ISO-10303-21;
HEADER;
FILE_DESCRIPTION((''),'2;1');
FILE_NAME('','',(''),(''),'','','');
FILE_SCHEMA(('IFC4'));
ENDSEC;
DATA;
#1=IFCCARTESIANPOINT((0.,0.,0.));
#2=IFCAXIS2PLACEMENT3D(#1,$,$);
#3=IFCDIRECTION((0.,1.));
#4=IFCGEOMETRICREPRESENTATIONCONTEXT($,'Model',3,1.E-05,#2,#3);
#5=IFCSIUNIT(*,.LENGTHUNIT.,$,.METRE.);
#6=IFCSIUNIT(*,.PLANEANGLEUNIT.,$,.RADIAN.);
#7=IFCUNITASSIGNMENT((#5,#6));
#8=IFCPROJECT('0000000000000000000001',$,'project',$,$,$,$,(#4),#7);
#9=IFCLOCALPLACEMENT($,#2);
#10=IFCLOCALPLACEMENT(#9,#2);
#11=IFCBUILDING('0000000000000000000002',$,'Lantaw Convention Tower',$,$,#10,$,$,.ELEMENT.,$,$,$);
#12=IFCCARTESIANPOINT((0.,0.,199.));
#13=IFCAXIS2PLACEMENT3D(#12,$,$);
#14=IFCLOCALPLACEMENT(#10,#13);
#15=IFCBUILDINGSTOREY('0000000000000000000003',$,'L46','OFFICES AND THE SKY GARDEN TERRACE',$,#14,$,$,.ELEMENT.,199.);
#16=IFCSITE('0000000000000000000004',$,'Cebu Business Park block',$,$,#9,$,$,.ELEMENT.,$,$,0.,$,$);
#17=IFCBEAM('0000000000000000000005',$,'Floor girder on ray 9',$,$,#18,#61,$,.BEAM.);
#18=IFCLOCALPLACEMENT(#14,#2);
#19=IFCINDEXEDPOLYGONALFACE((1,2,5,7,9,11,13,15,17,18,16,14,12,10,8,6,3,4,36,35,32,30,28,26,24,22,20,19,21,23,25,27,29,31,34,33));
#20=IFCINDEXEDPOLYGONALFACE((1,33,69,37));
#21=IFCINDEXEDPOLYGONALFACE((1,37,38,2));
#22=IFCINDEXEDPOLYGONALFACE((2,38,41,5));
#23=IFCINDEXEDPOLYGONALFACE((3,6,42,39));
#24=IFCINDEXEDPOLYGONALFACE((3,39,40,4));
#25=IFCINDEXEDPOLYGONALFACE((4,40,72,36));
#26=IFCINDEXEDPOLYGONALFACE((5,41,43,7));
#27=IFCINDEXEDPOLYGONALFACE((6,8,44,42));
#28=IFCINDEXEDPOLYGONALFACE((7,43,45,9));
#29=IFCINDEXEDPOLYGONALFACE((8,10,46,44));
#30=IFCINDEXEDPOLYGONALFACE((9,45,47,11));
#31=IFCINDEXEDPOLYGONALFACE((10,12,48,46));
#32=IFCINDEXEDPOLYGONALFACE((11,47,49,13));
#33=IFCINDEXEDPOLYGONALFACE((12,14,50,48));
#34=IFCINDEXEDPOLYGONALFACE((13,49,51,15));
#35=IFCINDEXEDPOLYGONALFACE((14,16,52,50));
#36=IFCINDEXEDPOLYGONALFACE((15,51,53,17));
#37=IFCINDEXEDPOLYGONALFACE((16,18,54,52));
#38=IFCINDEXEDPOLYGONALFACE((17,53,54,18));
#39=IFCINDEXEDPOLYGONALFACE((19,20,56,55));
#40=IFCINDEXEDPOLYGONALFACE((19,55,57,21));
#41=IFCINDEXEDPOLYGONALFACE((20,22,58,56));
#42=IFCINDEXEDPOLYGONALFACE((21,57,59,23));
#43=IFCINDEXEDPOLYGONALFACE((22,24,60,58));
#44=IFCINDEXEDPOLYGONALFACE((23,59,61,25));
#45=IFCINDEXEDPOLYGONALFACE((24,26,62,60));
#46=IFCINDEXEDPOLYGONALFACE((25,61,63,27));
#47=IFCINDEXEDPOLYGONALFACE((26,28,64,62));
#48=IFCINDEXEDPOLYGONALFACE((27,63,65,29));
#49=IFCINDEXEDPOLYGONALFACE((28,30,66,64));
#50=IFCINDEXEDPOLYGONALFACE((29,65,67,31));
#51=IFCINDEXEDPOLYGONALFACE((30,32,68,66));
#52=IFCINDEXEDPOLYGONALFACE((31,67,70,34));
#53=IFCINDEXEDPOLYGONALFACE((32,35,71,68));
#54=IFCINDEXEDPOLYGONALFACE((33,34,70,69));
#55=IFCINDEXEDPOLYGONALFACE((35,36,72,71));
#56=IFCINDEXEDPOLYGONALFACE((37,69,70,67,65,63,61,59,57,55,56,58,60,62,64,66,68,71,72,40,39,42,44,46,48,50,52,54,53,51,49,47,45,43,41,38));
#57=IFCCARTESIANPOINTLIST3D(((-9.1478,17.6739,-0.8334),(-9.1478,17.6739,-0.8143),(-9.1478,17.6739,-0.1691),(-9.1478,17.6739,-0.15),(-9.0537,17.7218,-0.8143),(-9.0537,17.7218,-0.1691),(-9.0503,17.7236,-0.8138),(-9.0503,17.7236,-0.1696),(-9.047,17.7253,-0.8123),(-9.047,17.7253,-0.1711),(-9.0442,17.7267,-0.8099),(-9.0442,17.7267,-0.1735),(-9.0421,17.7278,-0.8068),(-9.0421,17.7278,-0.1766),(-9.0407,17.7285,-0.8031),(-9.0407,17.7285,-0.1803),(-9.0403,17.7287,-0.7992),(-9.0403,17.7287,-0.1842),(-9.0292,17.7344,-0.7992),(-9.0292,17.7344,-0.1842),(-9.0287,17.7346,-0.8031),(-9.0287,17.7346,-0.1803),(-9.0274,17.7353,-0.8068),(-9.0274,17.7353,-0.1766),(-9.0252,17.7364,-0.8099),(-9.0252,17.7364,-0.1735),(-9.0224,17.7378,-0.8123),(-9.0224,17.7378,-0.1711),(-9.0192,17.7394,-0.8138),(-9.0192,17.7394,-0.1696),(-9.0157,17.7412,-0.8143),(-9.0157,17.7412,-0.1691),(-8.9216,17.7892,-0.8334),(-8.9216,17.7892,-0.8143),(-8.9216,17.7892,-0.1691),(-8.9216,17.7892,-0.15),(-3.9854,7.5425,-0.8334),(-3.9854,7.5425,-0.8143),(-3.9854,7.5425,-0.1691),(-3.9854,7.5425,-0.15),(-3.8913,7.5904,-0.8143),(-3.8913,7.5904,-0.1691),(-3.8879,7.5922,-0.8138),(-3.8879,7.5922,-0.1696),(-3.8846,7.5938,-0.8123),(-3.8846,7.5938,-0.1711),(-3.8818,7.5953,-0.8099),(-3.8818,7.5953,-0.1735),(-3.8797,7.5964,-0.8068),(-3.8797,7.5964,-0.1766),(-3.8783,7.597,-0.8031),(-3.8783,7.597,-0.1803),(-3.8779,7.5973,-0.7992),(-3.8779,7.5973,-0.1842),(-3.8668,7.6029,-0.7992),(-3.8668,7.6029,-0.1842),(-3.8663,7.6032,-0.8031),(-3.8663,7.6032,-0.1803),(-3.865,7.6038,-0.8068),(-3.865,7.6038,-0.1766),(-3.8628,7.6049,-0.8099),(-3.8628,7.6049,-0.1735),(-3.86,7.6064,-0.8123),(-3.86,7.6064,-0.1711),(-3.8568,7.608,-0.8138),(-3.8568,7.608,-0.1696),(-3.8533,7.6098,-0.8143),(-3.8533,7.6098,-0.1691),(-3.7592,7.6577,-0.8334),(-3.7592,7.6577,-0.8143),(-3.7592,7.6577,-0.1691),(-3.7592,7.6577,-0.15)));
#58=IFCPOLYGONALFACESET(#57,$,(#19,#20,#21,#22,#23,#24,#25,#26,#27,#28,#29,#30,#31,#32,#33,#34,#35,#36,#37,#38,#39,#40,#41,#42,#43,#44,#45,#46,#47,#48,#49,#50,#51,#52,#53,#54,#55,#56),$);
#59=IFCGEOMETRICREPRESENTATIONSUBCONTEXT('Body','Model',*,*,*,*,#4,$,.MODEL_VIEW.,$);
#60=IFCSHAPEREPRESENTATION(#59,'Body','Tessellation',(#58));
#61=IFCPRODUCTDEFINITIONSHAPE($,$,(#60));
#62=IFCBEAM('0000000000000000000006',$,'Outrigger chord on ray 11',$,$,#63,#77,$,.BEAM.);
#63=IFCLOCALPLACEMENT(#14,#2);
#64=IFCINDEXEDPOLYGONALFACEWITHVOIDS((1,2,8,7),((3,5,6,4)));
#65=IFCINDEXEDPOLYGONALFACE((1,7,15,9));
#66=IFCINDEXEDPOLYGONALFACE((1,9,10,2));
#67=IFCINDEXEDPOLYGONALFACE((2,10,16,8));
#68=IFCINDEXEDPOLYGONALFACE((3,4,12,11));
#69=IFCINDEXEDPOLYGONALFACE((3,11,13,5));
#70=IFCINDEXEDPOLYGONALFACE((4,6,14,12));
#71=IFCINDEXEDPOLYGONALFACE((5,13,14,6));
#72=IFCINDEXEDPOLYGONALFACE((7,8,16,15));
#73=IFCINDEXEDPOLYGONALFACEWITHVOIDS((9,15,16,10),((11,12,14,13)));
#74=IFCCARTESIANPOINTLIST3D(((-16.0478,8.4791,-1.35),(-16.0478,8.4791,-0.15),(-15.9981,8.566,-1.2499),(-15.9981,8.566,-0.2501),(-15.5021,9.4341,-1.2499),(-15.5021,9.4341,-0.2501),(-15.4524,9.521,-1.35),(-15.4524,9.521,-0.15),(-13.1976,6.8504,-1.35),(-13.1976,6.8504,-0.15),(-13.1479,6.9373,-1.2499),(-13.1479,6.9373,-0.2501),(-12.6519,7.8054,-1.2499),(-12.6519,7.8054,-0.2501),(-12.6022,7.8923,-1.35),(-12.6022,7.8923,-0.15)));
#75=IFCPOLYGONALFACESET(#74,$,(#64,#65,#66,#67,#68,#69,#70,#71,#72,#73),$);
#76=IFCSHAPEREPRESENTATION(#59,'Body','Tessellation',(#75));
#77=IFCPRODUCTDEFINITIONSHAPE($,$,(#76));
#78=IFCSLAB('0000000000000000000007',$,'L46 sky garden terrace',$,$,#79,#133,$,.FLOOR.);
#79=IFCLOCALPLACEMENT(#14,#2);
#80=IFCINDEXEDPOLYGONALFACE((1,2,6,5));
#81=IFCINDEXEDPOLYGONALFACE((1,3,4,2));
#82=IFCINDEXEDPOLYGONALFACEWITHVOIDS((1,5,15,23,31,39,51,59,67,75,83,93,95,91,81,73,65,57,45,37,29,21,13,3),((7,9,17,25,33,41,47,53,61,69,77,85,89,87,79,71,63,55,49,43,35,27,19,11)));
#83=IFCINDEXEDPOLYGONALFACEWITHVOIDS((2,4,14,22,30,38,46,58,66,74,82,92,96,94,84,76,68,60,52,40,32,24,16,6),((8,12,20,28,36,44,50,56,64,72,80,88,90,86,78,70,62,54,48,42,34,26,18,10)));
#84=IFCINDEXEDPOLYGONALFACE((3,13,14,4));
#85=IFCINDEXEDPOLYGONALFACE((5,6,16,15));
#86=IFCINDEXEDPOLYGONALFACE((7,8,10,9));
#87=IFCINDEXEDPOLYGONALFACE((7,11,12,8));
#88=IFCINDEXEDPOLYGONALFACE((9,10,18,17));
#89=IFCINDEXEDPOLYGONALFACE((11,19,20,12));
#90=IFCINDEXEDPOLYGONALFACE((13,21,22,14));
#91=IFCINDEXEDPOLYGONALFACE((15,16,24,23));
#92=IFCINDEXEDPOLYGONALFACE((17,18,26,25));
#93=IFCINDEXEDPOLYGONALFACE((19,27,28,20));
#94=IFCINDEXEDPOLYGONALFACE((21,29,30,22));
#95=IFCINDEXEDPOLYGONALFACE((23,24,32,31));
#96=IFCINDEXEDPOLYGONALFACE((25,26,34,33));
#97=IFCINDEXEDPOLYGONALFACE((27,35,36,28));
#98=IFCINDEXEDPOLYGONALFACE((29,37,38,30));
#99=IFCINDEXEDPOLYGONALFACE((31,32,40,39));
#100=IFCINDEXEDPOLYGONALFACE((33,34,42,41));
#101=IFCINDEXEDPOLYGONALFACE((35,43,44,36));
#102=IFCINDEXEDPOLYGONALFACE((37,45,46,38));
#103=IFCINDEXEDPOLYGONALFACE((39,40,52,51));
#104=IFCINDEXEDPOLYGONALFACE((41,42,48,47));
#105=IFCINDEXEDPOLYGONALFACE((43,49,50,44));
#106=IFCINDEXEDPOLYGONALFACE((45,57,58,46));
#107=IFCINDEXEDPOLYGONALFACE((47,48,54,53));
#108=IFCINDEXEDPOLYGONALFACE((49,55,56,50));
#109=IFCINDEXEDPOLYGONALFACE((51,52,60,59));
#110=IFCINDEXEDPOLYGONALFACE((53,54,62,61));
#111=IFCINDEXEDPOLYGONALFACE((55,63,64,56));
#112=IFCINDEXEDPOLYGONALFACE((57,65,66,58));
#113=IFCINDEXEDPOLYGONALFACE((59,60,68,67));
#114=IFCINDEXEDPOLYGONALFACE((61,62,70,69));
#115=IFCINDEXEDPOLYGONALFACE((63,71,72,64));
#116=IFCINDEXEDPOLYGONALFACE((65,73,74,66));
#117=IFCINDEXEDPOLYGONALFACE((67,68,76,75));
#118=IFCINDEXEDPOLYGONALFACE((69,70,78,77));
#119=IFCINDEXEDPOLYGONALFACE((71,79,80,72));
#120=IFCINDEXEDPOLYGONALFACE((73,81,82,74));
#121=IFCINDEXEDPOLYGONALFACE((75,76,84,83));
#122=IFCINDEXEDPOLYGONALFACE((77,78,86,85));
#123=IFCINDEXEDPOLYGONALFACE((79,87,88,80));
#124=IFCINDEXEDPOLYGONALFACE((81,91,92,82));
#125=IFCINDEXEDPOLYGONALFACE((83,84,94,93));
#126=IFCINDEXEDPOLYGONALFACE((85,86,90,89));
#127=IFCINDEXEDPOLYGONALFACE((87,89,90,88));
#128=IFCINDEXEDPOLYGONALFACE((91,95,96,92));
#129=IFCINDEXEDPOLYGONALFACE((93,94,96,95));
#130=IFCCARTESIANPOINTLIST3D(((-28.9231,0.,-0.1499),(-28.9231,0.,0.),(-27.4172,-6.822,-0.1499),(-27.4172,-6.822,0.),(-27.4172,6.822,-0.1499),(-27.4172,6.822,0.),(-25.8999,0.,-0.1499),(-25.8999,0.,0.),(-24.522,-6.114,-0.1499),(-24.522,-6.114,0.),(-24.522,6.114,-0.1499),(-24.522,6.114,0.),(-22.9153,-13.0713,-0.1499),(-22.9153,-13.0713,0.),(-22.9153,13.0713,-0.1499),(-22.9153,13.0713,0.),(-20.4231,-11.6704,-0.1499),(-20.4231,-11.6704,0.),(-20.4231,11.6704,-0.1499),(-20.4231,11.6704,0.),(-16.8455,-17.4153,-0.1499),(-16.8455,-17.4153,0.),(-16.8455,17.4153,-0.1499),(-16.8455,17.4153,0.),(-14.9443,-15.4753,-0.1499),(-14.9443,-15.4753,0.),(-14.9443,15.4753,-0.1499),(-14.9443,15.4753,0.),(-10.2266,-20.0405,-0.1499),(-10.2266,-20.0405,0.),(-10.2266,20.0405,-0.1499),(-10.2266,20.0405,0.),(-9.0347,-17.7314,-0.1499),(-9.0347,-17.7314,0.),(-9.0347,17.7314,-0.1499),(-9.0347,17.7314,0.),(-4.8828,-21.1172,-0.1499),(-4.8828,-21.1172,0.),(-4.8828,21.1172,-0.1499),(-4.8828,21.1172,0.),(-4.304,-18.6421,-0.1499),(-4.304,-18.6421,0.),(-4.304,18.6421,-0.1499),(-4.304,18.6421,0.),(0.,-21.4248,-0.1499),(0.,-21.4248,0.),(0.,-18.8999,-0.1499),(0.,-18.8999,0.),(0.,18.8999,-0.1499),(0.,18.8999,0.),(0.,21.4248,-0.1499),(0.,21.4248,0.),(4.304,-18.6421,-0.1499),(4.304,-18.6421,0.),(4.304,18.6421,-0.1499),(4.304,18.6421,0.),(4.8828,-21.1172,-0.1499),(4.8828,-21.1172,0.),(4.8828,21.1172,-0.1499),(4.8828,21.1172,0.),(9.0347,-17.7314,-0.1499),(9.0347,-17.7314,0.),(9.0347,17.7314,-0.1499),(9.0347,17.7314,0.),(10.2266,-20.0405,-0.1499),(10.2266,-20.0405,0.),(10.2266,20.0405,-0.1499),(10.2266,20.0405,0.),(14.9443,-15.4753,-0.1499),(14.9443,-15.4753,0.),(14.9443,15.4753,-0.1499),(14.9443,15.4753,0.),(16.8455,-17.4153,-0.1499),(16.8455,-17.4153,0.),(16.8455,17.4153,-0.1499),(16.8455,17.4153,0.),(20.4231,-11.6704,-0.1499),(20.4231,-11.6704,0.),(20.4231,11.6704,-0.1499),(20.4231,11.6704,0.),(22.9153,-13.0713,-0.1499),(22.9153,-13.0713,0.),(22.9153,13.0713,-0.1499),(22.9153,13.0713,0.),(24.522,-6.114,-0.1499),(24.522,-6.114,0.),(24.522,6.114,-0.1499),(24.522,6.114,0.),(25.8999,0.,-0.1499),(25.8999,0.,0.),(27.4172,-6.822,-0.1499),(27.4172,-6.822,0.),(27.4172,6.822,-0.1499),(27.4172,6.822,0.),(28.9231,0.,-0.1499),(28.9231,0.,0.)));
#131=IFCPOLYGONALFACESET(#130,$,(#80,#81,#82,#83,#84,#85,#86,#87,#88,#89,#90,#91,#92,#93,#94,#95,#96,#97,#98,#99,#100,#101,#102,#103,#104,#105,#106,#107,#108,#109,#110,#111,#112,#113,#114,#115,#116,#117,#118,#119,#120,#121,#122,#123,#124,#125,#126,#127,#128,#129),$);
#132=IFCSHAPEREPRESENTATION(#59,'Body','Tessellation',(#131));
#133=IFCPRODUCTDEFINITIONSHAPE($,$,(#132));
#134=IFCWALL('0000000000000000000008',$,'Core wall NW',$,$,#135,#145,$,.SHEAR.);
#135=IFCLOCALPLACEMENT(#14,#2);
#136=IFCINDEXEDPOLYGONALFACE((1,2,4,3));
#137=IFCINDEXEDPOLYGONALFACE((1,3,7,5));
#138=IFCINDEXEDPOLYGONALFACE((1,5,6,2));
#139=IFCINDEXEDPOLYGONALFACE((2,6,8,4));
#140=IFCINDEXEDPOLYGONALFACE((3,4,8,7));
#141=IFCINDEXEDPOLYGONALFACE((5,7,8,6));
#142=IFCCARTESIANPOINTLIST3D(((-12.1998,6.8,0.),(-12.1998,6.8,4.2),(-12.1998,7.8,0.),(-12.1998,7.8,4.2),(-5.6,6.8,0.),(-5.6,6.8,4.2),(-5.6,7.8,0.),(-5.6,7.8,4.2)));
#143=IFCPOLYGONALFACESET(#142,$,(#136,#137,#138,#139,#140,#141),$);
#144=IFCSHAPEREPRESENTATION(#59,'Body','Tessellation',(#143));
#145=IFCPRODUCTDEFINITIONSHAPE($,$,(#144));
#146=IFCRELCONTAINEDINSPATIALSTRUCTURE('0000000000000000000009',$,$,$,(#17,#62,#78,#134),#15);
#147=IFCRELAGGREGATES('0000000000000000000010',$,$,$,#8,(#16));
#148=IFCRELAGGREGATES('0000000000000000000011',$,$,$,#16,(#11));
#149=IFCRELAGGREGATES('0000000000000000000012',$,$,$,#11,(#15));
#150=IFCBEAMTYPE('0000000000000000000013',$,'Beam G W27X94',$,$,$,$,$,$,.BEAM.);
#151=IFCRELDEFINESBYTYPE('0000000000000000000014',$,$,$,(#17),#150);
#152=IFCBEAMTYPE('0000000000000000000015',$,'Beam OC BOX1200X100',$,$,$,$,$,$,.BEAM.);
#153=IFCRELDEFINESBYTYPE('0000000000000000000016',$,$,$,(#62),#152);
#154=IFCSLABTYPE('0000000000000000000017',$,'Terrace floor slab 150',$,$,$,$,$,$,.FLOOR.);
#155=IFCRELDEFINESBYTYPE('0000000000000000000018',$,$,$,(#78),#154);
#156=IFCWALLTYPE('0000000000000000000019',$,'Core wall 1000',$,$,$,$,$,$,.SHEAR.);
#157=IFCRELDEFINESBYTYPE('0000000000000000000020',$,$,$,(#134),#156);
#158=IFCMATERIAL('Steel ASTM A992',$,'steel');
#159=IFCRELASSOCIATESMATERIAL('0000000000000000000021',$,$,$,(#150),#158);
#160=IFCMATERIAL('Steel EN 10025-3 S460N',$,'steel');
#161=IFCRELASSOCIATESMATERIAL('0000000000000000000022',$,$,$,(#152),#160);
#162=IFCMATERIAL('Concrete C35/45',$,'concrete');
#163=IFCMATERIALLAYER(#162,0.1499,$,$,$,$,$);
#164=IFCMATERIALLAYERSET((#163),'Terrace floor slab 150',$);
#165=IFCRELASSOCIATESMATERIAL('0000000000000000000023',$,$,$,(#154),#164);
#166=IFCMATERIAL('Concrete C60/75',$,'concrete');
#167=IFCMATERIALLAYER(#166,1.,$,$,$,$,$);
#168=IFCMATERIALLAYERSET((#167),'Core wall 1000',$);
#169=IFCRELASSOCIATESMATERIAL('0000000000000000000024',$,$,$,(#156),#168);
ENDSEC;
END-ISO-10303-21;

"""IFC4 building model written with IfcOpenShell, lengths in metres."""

from ifc_helpers import new_model, si_unit, direction, frame, frame_2d, origin, origin_2d, place, context, subcontext, project, spatial, polyline, rectangle, hollow_rectangle, i_section, outline, extrude, material, layer, layer_set, material_profile, profile_set, type_object, element, save


model = new_model("IFC4")

# Units and contexts
model_context = context("Model", 3, precision=1e-05, world=origin(), true_north=direction((0.0, 1.0)))
body_context = subcontext(model_context, "Body", "Model", "MODEL_VIEW")
ifc_project = project(units=[si_unit("LENGTHUNIT", "METRE"), si_unit("PLANEANGLEUNIT", "RADIAN")], contexts=[model_context])

# Site, building, storey
site_placement = place(None, origin())
site = spatial("IfcSite", under=ifc_project, at=site_placement, Name="Cebu Business Park block", CompositionType="ELEMENT", RefElevation=0.0)
building_placement = place(site_placement, origin())
building = spatial("IfcBuilding", under=site, at=building_placement, Name="Lantaw Convention Tower", CompositionType="ELEMENT")
storey_placement = place(building_placement, frame((0.0, 0.0, 199.0)))
storey = spatial("IfcBuildingStorey", under=building, at=storey_placement, Name="L46", Description="OFFICES AND THE SKY GARDEN TERRACE", CompositionType="ELEMENT", Elevation=199.0)

# Beams
ifc_material_1 = material(Name="Steel ASTM A992", Category="steel")
ifc_material_profile_1 = material_profile(ifc_material_1, i_section(OverallWidth=0.2539, OverallDepth=0.6833, WebThickness=0.0125, FlangeThickness=0.019, FilletRadius=0.0151, at=origin_2d()), Name="W27X94")
ifc_profile_set_1 = profile_set([ifc_material_profile_1], Name="Steel ASTM A992")
beam_type_1 = type_object("IfcBeamType", Name="Beam G W27X94", PredefinedType="BEAM", material=ifc_profile_set_1)
beam_1_placement = place(storey_placement, frame((-3.8723, 7.6001, -0.4917), z_axis=(-0.454003, 0.891, 0.0), x_axis=(-0.891, -0.454003, 0.0)))
element("IfcBeam", 1, at=beam_1_placement, inside=storey, type_object=beam_type_1, Name="Floor girder on ray 9", PredefinedType="BEAM", context=body_context, shape_type="SweptSolid", body=[
    extrude(i_section(OverallWidth=0.2539, OverallDepth=0.6833, WebThickness=0.0125, FlangeThickness=0.019, FilletRadius=0.0151, at=origin_2d()), origin(), (0.0, 0.0, 1.0), 11.3708),
])
ifc_material_2 = material(Name="Steel EN 10025-3 S460N", Category="steel")
ifc_material_profile_2 = material_profile(ifc_material_2, hollow_rectangle(XDim=1.2, YDim=1.2, WallThickness=0.1001, at=origin_2d()), Name="BOX1200X100")
ifc_profile_set_2 = profile_set([ifc_material_profile_2], Name="Steel EN 10025-3 S460N")
beam_type_2 = type_object("IfcBeamType", Name="Beam OC BOX1200X100", PredefinedType="BEAM", material=ifc_profile_set_2)
beam_2_placement = place(storey_placement, frame((-12.8999, 7.3713, -0.75), z_axis=(-0.868239, 0.496147, 0.0), x_axis=(-0.496147, -0.868239, 0.0)))
element("IfcBeam", 2, at=beam_2_placement, inside=storey, type_object=beam_type_2, Name="Outrigger chord on ray 11", PredefinedType="BEAM", context=body_context, shape_type="SweptSolid", body=[
    extrude(hollow_rectangle(XDim=1.2, YDim=1.2, WallThickness=0.1001, at=origin_2d()), origin(), (0.0, 0.0, 1.0), 3.2827),
])

# Slab
ifc_material_3 = material(Name="Concrete C35/45", Category="concrete")
ifc_layer_1 = layer(ifc_material_3, 0.1499)
ifc_layer_set_1 = layer_set([ifc_layer_1], Name="Terrace floor slab 150")
slab_type = type_object("IfcSlabType", Name="Terrace floor slab 150", PredefinedType="FLOOR", material=ifc_layer_set_1)
slab_placement = place(storey_placement, frame((0.0, 0.0, -0.1499)))
element("IfcSlab", 3, at=slab_placement, inside=storey, type_object=slab_type, Name="L46 sky garden terrace", PredefinedType="FLOOR", context=body_context, shape_type="SweptSolid", body=[
    extrude(outline(polyline([(16.8455, -17.4153), (22.9153, -13.0713), (27.4172, -6.822), (28.9231, 0.0), (27.4172, 6.822), (22.9153, 13.0713), (16.8455, 17.4153), (10.2266, 20.0405), (4.8828, 21.1172), (0.0, 21.4248), (-4.8828, 21.1172), (-10.2266, 20.0405), (-16.8455, 17.4153), (-22.9153, 13.0713), (-27.4172, 6.822), (-28.9231, 0.0), (-27.4172, -6.822), (-22.9153, -13.0713), (-16.8455, -17.4153), (-10.2266, -20.0405), (-4.8828, -21.1172), (0.0, -21.4248), (4.8828, -21.1172), (10.2266, -20.0405), (16.8455, -17.4153)]), holes=[polyline([(14.9443, 15.4753), (9.0347, 17.7314), (4.304, 18.6421), (0.0, 18.8999), (-4.304, 18.6421), (-9.0347, 17.7314), (-14.9443, 15.4753), (-20.4231, 11.6704), (-24.522, 6.114), (-25.8999, 0.0), (-24.522, -6.114), (-20.4231, -11.6704), (-14.9443, -15.4753), (-9.0347, -17.7314), (-4.304, -18.6421), (0.0, -18.8999), (4.304, -18.6421), (9.0347, -17.7314), (14.9443, -15.4753), (20.4231, -11.6704), (24.522, -6.114), (25.8999, 0.0), (24.522, 6.114), (20.4231, 11.6704), (14.9443, 15.4753)])]), origin(), (0.0, 0.0, 1.0), 0.1499),
])

# Wall
ifc_material_4 = material(Name="Concrete C60/75", Category="concrete")
ifc_layer_2 = layer(ifc_material_4, 1.0)
ifc_layer_set_2 = layer_set([ifc_layer_2], Name="Core wall 1000")
wall_type_1 = type_object("IfcWallType", Name="Core wall 1000", PredefinedType="SHEAR", material=ifc_layer_set_2)
wall_1_placement = place(storey_placement, frame((-5.6001, 7.3, 0.0), z_axis=(0.0, 0.0, 1.0), x_axis=(-1.0, 0.0, 0.0)))
element("IfcWall", 4, at=wall_1_placement, inside=storey, type_object=wall_type_1, Name="Core wall NW", PredefinedType="SHEAR", context=body_context, shape_type="SweptSolid", body=[
    extrude(rectangle(XDim=6.5999, YDim=1.0, at=frame_2d((3.2998, 0.0))), origin(), (0.0, 0.0, 1.0), 4.2),
])

save(model, "model.ifc")
